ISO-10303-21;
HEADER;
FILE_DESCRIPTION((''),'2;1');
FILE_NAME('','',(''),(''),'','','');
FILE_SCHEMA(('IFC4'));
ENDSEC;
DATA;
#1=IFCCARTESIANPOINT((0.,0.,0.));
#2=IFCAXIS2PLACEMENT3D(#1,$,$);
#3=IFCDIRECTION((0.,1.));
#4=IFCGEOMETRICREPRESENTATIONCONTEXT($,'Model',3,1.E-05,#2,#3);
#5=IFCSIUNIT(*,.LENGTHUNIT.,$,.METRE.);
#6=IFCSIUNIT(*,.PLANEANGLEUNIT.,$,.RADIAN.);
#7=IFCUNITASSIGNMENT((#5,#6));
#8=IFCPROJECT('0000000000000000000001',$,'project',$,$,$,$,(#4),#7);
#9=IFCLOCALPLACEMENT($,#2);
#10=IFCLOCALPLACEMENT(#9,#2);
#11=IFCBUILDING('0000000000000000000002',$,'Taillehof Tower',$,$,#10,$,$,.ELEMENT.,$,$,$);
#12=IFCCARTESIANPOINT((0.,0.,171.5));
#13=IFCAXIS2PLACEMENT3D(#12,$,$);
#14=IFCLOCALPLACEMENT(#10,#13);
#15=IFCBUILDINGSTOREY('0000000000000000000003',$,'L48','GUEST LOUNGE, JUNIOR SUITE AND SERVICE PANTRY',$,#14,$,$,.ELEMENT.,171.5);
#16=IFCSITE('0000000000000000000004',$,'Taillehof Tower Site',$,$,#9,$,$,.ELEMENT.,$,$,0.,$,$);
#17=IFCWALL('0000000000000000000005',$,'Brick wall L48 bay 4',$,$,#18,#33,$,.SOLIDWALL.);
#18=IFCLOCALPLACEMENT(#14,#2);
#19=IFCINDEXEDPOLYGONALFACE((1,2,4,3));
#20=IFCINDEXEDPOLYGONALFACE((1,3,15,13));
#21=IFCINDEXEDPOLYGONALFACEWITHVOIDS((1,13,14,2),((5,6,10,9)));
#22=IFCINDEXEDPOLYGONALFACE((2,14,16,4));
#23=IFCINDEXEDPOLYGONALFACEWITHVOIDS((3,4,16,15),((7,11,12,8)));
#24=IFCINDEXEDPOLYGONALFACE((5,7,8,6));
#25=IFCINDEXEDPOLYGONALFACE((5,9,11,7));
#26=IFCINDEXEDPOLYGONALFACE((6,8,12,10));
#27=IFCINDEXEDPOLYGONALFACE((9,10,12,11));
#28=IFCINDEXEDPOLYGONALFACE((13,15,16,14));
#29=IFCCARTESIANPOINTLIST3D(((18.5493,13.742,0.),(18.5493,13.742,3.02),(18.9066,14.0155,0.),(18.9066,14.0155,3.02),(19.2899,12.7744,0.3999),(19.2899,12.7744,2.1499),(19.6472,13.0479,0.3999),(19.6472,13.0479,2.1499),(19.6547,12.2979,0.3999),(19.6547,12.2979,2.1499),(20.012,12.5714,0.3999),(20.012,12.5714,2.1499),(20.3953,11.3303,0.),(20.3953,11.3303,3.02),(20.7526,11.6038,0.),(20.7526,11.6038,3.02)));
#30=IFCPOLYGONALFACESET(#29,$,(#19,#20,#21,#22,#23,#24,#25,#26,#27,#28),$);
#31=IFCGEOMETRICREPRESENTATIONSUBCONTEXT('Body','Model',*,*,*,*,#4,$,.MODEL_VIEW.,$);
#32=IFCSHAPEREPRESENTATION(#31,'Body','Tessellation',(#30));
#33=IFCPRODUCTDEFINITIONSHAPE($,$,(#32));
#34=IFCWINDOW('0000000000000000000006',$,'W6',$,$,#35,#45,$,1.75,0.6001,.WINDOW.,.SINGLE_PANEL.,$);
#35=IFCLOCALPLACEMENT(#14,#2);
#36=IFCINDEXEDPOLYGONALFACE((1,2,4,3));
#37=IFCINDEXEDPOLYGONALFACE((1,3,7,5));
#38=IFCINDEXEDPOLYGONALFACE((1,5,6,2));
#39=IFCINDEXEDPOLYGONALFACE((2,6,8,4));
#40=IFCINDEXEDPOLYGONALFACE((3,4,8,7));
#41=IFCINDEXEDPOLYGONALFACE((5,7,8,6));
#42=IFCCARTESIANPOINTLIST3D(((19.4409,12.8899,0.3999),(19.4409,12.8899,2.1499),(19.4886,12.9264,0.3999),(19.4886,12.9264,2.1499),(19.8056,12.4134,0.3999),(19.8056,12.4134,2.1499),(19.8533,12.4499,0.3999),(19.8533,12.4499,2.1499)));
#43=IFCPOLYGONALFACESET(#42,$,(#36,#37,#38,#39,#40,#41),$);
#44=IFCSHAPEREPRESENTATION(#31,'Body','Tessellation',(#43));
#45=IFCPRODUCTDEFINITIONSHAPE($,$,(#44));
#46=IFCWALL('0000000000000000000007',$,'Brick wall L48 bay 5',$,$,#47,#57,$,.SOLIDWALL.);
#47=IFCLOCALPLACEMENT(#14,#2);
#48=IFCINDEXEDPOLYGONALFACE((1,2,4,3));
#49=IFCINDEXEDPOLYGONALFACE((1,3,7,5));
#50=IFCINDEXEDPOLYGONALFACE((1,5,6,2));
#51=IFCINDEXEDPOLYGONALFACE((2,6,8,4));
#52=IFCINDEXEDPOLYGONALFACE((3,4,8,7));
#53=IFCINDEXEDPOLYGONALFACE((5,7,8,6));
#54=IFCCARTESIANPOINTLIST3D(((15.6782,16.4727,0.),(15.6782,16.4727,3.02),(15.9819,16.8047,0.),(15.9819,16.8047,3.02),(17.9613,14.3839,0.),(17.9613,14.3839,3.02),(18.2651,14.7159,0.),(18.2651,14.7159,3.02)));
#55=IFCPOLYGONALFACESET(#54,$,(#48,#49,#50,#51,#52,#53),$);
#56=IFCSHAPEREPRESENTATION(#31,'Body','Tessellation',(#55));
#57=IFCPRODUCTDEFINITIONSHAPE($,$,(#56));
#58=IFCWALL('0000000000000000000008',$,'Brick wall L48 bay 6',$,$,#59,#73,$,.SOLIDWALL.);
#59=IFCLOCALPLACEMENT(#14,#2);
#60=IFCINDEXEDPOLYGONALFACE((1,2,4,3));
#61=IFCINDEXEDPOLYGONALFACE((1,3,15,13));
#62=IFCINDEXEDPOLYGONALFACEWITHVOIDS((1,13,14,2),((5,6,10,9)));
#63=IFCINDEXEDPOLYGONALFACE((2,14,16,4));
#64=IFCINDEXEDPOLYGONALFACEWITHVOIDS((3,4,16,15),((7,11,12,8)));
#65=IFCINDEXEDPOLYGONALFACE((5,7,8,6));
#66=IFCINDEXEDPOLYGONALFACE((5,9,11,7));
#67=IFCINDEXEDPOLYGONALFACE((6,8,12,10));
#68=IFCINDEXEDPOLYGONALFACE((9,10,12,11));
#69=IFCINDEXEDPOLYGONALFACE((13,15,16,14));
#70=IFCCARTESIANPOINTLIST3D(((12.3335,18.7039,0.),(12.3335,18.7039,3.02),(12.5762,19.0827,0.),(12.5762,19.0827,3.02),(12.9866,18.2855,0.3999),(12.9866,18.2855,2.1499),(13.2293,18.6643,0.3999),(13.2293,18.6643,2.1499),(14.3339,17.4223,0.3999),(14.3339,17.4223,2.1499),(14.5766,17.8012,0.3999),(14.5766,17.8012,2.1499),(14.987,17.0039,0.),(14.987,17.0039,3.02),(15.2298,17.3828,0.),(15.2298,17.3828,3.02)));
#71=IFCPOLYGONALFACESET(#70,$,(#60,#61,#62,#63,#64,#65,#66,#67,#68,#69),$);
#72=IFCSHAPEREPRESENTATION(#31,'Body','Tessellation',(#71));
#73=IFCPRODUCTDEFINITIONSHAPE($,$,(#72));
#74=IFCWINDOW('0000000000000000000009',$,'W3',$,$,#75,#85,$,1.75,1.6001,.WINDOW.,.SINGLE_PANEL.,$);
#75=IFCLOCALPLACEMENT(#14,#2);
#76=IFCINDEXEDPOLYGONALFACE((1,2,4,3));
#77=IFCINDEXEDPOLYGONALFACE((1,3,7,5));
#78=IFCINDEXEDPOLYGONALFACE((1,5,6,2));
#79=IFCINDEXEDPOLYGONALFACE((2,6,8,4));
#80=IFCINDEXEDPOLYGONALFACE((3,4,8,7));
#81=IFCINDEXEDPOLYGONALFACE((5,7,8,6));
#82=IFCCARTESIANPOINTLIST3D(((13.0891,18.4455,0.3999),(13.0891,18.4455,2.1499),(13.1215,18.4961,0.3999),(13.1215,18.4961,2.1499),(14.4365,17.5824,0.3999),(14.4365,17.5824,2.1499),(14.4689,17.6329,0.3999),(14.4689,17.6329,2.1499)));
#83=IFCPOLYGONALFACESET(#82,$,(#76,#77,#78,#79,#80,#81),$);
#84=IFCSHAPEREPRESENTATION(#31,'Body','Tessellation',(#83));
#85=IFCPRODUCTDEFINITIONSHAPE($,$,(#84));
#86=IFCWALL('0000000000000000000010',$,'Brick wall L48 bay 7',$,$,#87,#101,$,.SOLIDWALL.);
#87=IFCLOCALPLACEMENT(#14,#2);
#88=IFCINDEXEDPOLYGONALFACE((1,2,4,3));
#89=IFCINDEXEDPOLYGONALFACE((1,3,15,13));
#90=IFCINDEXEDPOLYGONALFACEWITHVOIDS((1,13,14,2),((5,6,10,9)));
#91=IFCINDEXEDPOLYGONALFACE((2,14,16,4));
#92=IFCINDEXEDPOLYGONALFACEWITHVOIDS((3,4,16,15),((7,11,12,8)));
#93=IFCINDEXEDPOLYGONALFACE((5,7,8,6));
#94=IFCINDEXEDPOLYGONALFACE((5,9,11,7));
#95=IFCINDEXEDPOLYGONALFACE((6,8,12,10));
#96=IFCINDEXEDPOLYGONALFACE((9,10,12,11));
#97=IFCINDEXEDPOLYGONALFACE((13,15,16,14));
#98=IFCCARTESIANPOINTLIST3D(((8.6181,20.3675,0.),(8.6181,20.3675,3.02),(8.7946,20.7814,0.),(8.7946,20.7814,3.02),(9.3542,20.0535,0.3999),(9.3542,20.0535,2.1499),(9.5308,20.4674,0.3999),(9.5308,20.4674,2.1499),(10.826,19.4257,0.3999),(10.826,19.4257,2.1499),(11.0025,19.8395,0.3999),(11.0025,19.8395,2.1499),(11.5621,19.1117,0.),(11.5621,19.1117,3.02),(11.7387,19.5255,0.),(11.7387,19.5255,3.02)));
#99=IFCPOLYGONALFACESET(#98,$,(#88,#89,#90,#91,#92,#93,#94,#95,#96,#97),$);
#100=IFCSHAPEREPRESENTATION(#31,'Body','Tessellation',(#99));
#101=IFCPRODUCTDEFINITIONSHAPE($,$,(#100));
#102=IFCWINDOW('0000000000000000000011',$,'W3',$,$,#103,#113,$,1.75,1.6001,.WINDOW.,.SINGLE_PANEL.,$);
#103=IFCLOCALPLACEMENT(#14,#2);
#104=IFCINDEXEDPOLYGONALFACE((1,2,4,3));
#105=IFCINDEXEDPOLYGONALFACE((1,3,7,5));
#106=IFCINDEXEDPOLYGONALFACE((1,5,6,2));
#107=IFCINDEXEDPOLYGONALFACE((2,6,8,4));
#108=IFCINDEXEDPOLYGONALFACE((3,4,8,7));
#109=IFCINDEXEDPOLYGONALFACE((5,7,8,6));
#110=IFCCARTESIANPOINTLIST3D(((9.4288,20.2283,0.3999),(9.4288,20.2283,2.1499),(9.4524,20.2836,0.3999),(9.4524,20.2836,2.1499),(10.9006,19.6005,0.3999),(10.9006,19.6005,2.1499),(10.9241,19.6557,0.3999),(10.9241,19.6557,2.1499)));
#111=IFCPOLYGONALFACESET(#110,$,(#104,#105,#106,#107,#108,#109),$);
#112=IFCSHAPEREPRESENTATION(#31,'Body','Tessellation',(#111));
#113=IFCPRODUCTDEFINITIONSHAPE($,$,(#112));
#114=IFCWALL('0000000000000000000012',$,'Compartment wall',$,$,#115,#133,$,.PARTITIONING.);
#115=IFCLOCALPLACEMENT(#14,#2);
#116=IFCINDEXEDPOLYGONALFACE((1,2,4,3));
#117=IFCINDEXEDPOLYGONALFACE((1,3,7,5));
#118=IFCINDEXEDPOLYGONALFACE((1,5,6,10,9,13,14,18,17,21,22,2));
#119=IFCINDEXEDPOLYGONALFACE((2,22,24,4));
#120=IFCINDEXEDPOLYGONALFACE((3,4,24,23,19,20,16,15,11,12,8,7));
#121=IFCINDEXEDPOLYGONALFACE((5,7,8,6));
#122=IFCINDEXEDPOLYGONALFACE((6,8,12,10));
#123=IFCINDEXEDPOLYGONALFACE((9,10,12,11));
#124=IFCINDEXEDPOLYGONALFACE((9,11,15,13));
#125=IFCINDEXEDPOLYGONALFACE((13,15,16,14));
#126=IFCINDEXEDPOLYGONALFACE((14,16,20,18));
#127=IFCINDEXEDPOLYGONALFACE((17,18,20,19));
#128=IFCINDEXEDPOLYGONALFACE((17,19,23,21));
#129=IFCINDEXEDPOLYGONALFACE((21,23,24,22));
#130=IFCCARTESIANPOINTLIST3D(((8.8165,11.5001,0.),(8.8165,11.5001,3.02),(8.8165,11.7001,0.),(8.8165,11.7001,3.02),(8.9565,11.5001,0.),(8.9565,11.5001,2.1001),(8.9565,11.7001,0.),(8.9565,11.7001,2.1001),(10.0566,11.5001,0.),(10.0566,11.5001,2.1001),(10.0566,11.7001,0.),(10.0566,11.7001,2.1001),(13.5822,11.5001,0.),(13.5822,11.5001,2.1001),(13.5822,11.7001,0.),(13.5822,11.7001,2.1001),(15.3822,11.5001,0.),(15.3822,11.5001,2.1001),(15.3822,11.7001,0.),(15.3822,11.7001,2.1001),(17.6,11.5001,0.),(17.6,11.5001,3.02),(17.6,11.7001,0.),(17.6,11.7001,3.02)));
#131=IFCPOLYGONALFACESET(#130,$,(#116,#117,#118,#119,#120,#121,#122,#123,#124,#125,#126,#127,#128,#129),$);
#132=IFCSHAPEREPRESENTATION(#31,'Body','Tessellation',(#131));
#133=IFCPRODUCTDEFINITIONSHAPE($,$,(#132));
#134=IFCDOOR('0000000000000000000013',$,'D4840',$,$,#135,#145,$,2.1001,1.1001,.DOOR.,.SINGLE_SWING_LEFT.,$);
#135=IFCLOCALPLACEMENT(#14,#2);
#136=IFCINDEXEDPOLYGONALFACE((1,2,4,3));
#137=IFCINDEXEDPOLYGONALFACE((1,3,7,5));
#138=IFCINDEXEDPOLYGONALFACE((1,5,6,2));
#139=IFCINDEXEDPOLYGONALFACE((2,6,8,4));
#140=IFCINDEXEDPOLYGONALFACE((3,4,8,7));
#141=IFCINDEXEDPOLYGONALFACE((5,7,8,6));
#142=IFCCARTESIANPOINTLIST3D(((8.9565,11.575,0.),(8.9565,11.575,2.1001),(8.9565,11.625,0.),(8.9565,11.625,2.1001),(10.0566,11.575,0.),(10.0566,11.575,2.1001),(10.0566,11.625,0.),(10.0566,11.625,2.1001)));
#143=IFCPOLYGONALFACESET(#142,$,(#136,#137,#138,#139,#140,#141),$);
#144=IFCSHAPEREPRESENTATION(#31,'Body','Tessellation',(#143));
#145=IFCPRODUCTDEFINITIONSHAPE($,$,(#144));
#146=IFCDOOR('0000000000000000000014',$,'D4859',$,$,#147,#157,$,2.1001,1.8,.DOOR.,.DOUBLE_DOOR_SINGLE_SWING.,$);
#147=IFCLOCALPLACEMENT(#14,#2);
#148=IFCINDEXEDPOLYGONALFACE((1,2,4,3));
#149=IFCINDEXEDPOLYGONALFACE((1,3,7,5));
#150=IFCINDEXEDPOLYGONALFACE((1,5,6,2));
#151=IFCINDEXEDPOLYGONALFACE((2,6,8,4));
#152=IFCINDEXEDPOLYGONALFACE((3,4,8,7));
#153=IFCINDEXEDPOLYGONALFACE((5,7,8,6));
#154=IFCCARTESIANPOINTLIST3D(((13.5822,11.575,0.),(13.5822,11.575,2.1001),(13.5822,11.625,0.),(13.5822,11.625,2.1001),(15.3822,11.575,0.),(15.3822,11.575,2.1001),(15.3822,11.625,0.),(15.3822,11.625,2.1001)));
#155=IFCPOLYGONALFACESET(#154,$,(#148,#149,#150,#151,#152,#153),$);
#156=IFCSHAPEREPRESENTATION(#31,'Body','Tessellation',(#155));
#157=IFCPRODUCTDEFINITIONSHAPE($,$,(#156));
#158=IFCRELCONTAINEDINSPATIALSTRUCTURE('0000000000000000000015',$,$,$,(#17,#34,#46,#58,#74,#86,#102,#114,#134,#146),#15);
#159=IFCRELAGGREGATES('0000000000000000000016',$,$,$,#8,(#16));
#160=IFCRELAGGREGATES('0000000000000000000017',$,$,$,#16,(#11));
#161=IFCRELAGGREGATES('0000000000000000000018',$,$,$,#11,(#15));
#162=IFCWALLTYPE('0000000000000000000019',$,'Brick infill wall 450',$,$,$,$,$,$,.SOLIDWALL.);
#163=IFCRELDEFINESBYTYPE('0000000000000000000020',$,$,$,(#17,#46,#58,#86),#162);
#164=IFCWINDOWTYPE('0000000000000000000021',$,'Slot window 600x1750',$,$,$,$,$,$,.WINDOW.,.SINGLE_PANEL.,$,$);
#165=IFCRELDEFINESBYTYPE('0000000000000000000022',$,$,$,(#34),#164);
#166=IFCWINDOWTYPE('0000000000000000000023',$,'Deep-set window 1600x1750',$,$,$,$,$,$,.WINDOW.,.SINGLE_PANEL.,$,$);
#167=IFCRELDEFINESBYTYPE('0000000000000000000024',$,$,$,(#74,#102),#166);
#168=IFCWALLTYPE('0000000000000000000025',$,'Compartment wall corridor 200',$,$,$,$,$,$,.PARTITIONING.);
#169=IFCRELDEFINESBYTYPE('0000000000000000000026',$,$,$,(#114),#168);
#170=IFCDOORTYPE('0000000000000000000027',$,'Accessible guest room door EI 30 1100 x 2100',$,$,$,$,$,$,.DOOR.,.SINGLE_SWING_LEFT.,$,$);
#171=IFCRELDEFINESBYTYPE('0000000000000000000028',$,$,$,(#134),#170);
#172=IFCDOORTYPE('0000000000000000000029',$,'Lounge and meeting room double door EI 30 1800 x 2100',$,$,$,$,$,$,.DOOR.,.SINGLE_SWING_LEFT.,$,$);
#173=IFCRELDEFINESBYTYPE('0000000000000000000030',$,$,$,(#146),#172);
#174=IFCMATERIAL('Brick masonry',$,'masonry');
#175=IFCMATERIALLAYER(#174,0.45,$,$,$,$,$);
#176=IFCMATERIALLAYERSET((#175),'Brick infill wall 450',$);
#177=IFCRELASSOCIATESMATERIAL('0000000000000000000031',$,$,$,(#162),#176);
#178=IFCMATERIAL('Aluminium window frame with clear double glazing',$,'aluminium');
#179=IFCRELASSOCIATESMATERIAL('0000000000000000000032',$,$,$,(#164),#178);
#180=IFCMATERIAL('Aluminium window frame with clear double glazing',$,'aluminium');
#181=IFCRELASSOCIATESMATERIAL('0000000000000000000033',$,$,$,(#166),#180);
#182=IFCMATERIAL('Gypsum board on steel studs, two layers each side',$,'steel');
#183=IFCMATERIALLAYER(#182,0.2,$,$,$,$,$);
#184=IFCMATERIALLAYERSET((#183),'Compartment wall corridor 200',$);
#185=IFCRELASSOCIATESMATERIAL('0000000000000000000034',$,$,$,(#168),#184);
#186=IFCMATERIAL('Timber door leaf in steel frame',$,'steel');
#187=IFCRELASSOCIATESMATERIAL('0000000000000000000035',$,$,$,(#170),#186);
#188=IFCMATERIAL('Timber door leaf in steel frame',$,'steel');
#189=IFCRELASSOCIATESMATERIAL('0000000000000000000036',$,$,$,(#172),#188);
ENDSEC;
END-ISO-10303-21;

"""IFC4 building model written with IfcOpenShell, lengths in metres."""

from ifc_helpers import new_model, si_unit, direction, frame, frame_2d, origin, place, context, subcontext, project, spatial, rectangle, extrude, material, layer, layer_set, type_object, element, fill, save


model = new_model("IFC4")

# Units and contexts
model_context = context("Model", 3, precision=1e-05, world=origin(), true_north=direction((0.0, 1.0)))
body_context = subcontext(model_context, "Body", "Model", "MODEL_VIEW")
ifc_project = project(units=[si_unit("LENGTHUNIT", "METRE"), si_unit("PLANEANGLEUNIT", "RADIAN")], contexts=[model_context])

# Site, building, storey
site_placement = place(None, origin())
site = spatial("IfcSite", under=ifc_project, at=site_placement, Name="Taillehof Tower Site", CompositionType="ELEMENT", RefElevation=0.0)
building_placement = place(site_placement, origin())
building = spatial("IfcBuilding", under=site, at=building_placement, Name="Taillehof Tower", CompositionType="ELEMENT")
storey_placement = place(building_placement, frame((0.0, 0.0, 171.5)))
storey = spatial("IfcBuildingStorey", under=building, at=storey_placement, Name="L48", Description="GUEST LOUNGE, JUNIOR SUITE AND SERVICE PANTRY", CompositionType="ELEMENT", Elevation=171.5)

# Wall, opening, window
ifc_material_1 = material(Name="Brick masonry", Category="masonry")
ifc_layer_1 = layer(ifc_material_1, 0.45)
ifc_layer_set_1 = layer_set([ifc_layer_1], Name="Brick infill wall 450")
wall_type_1 = type_object("IfcWallType", Name="Brick infill wall 450", PredefinedType="SOLIDWALL", material=ifc_layer_set_1)
wall_1_placement = place(storey_placement, frame((20.574, 11.467, 0.0), z_axis=(0.0, 0.0, 1.0), x_axis=(-0.607817, 0.794077, 0.0)))
wall_1 = element("IfcWall", 1, at=wall_1_placement, inside=storey, type_object=wall_type_1, Name="Brick wall L48 bay 4", PredefinedType="SOLIDWALL", context=body_context, shape_type="SweptSolid", body=[
    extrude(rectangle(XDim=3.0371, YDim=0.45, at=frame_2d((1.5186, 0.0))), origin(), (0.0, 0.0, 1.0), 3.02),
])
opening_1_placement = place(wall_1_placement, frame((1.2185, 0.0, 0.3999)))
opening_1 = element("IfcOpeningElement", 2, at=opening_1_placement, cuts=wall_1, PredefinedType="OPENING", context=body_context, shape_type="SweptSolid", body=[
    extrude(rectangle(XDim=0.6001, YDim=1.75, at=frame_2d((0.3, 0.875))), frame((0.0, 0.2349, 0.0), z_axis=(0.0, -1.0, 0.0), x_axis=(1.0, 0.0, 0.0)), (0.0, 0.0, 1.0), 0.47),
])
ifc_material_2 = material(Name="Aluminium window frame with clear double glazing", Category="aluminium")
window_type_1 = type_object("IfcWindowType", Name="Slot window 600x1750", PartitioningType="SINGLE_PANEL", PredefinedType="WINDOW", material=ifc_material_2)
window_1_placement = place(opening_1_placement, origin())
window_1 = element("IfcWindow", 3, at=window_1_placement, inside=storey, type_object=window_type_1, Name="W6", OverallHeight=1.75, OverallWidth=0.6001, PartitioningType="SINGLE_PANEL", PredefinedType="WINDOW", context=body_context, shape_type="SweptSolid", body=[
    extrude(rectangle(XDim=0.6001, YDim=1.75, at=frame_2d((0.3, 0.875))), frame((0.0, 0.0349, 0.0), z_axis=(0.0, -1.0, 0.0), x_axis=(1.0, 0.0, 0.0)), (0.0, 0.0, 1.0), 0.0601),
])
fill(opening_1, window_1)

# Wall
wall_2_placement = place(storey_placement, frame((18.1133, 14.5498, 0.0), z_axis=(0.0, 0.0, 1.0), x_axis=(-0.737809, 0.67501, 0.0)))
element("IfcWall", 4, at=wall_2_placement, inside=storey, type_object=wall_type_1, Name="Brick wall L48 bay 5", PredefinedType="SOLIDWALL", context=body_context, shape_type="SweptSolid", body=[
    extrude(rectangle(XDim=3.0945, YDim=0.45, at=frame_2d((1.5474, 0.0))), origin(), (0.0, 0.0, 1.0), 3.02),
])

# Walls, openings, windows
wall_3_placement = place(storey_placement, frame((15.1084, 17.1934, 0.0), z_axis=(0.0, 0.0, 1.0), x_axis=(-0.842031, 0.53943, 0.0)))
wall_3 = element("IfcWall", 5, at=wall_3_placement, inside=storey, type_object=wall_type_1, Name="Brick wall L48 bay 6", PredefinedType="SOLIDWALL", context=body_context, shape_type="SweptSolid", body=[
    extrude(rectangle(XDim=3.1514, YDim=0.45, at=frame_2d((1.5757, 0.0))), origin(), (0.0, 0.0, 1.0), 3.02),
])
opening_2_placement = place(wall_3_placement, frame((0.7756, 0.0, 0.3999)))
opening_2 = element("IfcOpeningElement", 6, at=opening_2_placement, cuts=wall_3, PredefinedType="OPENING", context=body_context, shape_type="SweptSolid", body=[
    extrude(rectangle(XDim=1.6001, YDim=1.75, at=frame_2d((0.8, 0.875))), frame((0.0, 0.2349, 0.0), z_axis=(0.0, -1.0, 0.0), x_axis=(1.0, 0.0, 0.0)), (0.0, 0.0, 1.0), 0.47),
])
ifc_material_3 = material(Name="Aluminium window frame with clear double glazing", Category="aluminium")
window_type_2 = type_object("IfcWindowType", Name="Deep-set window 1600x1750", PartitioningType="SINGLE_PANEL", PredefinedType="WINDOW", material=ifc_material_3)
window_2_placement = place(opening_2_placement, origin())
window_2 = element("IfcWindow", 7, at=window_2_placement, inside=storey, type_object=window_type_2, Name="W3", OverallHeight=1.75, OverallWidth=1.6001, PartitioningType="SINGLE_PANEL", PredefinedType="WINDOW", context=body_context, shape_type="SweptSolid", body=[
    extrude(rectangle(XDim=1.6001, YDim=1.75, at=frame_2d((0.8, 0.875))), frame((0.0, 0.0349, 0.0), z_axis=(0.0, -1.0, 0.0), x_axis=(1.0, 0.0, 0.0)), (0.0, 0.0, 1.0), 0.0601),
])
fill(opening_2, window_2)
wall_4_placement = place(storey_placement, frame((11.6504, 19.3186, 0.0), z_axis=(0.0, 0.0, 1.0), x_axis=(-0.91981, 0.392363, 0.0)))
wall_4 = element("IfcWall", 8, at=wall_4_placement, inside=storey, type_object=wall_type_1, Name="Brick wall L48 bay 7", PredefinedType="SOLIDWALL", context=body_context, shape_type="SweptSolid", body=[
    extrude(rectangle(XDim=3.2007, YDim=0.45, at=frame_2d((1.6003, 0.0))), origin(), (0.0, 0.0, 1.0), 3.02),
])
opening_3_placement = place(wall_4_placement, frame((0.8003, 0.0, 0.3999)))
opening_3 = element("IfcOpeningElement", 9, at=opening_3_placement, cuts=wall_4, PredefinedType="OPENING", context=body_context, shape_type="SweptSolid", body=[
    extrude(rectangle(XDim=1.6001, YDim=1.75, at=frame_2d((0.8, 0.875))), frame((0.0, 0.2349, 0.0), z_axis=(0.0, -1.0, 0.0), x_axis=(1.0, 0.0, 0.0)), (0.0, 0.0, 1.0), 0.47),
])
window_3_placement = place(opening_3_placement, origin())
window_3 = element("IfcWindow", 10, at=window_3_placement, inside=storey, type_object=window_type_2, Name="W3", OverallHeight=1.75, OverallWidth=1.6001, PartitioningType="SINGLE_PANEL", PredefinedType="WINDOW", context=body_context, shape_type="SweptSolid", body=[
    extrude(rectangle(XDim=1.6001, YDim=1.75, at=frame_2d((0.8, 0.875))), frame((0.0, 0.0349, 0.0), z_axis=(0.0, -1.0, 0.0), x_axis=(1.0, 0.0, 0.0)), (0.0, 0.0, 1.0), 0.0601),
])
fill(opening_3, window_3)

# Wall, openings, doors
ifc_material_4 = material(Name="Gypsum board on steel studs, two layers each side", Category="steel")
ifc_layer_2 = layer(ifc_material_4, 0.2)
ifc_layer_set_2 = layer_set([ifc_layer_2], Name="Compartment wall corridor 200")
wall_type_2 = type_object("IfcWallType", Name="Compartment wall corridor 200", PredefinedType="PARTITIONING", material=ifc_layer_set_2)
wall_5_placement = place(storey_placement, frame((8.8167, 11.6001, 0.0), z_axis=(0.0, 0.0, 1.0), x_axis=(1.0, 0.0, 0.0)))
wall_5 = element("IfcWall", 11, at=wall_5_placement, inside=storey, type_object=wall_type_2, Name="Compartment wall", PredefinedType="PARTITIONING", context=body_context, shape_type="SweptSolid", body=[
    extrude(rectangle(XDim=8.7834, YDim=0.2, at=frame_2d((4.3916, 0.0))), origin(), (0.0, 0.0, 1.0), 3.02),
])
opening_4_placement = place(wall_5_placement, frame((0.1399, 0.0, 0.0)))
opening_4 = element("IfcOpeningElement", 12, at=opening_4_placement, cuts=wall_5, PredefinedType="OPENING", context=body_context, shape_type="SweptSolid", body=[
    extrude(rectangle(XDim=1.1001, YDim=2.1001, at=frame_2d((0.55, 1.05))), frame((0.0, 0.1099, 0.0), z_axis=(0.0, -1.0, 0.0), x_axis=(1.0, 0.0, 0.0)), (0.0, 0.0, 1.0), 0.22),
])
opening_5_placement = place(wall_5_placement, frame((4.7656, 0.0, 0.0)))
opening_5 = element("IfcOpeningElement", 13, at=opening_5_placement, cuts=wall_5, PredefinedType="OPENING", context=body_context, shape_type="SweptSolid", body=[
    extrude(rectangle(XDim=1.8, YDim=2.1001, at=frame_2d((0.8999, 1.05))), frame((0.0, 0.1099, 0.0), z_axis=(0.0, -1.0, 0.0), x_axis=(1.0, 0.0, 0.0)), (0.0, 0.0, 1.0), 0.22),
])
ifc_material_5 = material(Name="Timber door leaf in steel frame", Category="steel")
door_type_1 = type_object("IfcDoorType", Name="Accessible guest room door EI 30 1100 x 2100", OperationType="SINGLE_SWING_LEFT", PredefinedType="DOOR", material=ifc_material_5)
door_1_placement = place(opening_4_placement, origin())
door_1 = element("IfcDoor", 14, at=door_1_placement, inside=storey, type_object=door_type_1, Name="D4840", OperationType="SINGLE_SWING_LEFT", OverallHeight=2.1001, OverallWidth=1.1001, PredefinedType="DOOR", context=body_context, shape_type="SweptSolid", body=[
    extrude(rectangle(XDim=1.1001, YDim=2.1001, at=frame_2d((0.55, 1.05))), frame((0.0, 0.0249, 0.0), z_axis=(0.0, -1.0, 0.0), x_axis=(1.0, 0.0, 0.0)), (0.0, 0.0, 1.0), 0.05),
])
fill(opening_4, door_1)
ifc_material_6 = material(Name="Timber door leaf in steel frame", Category="steel")
door_type_2 = type_object("IfcDoorType", Name="Lounge and meeting room double door EI 30 1800 x 2100", OperationType="SINGLE_SWING_LEFT", PredefinedType="DOOR", material=ifc_material_6)
door_2_placement = place(opening_5_placement, origin())
door_2 = element("IfcDoor", 15, at=door_2_placement, inside=storey, type_object=door_type_2, Name="D4859", OperationType="DOUBLE_DOOR_SINGLE_SWING", OverallHeight=2.1001, OverallWidth=1.8, PredefinedType="DOOR", context=body_context, shape_type="SweptSolid", body=[
    extrude(rectangle(XDim=1.8, YDim=2.1001, at=frame_2d((0.8999, 1.05))), frame((0.0, 0.0249, 0.0), z_axis=(0.0, -1.0, 0.0), x_axis=(1.0, 0.0, 0.0)), (0.0, 0.0, 1.0), 0.05),
])
fill(opening_5, door_2)

save(model, "model.ifc")
